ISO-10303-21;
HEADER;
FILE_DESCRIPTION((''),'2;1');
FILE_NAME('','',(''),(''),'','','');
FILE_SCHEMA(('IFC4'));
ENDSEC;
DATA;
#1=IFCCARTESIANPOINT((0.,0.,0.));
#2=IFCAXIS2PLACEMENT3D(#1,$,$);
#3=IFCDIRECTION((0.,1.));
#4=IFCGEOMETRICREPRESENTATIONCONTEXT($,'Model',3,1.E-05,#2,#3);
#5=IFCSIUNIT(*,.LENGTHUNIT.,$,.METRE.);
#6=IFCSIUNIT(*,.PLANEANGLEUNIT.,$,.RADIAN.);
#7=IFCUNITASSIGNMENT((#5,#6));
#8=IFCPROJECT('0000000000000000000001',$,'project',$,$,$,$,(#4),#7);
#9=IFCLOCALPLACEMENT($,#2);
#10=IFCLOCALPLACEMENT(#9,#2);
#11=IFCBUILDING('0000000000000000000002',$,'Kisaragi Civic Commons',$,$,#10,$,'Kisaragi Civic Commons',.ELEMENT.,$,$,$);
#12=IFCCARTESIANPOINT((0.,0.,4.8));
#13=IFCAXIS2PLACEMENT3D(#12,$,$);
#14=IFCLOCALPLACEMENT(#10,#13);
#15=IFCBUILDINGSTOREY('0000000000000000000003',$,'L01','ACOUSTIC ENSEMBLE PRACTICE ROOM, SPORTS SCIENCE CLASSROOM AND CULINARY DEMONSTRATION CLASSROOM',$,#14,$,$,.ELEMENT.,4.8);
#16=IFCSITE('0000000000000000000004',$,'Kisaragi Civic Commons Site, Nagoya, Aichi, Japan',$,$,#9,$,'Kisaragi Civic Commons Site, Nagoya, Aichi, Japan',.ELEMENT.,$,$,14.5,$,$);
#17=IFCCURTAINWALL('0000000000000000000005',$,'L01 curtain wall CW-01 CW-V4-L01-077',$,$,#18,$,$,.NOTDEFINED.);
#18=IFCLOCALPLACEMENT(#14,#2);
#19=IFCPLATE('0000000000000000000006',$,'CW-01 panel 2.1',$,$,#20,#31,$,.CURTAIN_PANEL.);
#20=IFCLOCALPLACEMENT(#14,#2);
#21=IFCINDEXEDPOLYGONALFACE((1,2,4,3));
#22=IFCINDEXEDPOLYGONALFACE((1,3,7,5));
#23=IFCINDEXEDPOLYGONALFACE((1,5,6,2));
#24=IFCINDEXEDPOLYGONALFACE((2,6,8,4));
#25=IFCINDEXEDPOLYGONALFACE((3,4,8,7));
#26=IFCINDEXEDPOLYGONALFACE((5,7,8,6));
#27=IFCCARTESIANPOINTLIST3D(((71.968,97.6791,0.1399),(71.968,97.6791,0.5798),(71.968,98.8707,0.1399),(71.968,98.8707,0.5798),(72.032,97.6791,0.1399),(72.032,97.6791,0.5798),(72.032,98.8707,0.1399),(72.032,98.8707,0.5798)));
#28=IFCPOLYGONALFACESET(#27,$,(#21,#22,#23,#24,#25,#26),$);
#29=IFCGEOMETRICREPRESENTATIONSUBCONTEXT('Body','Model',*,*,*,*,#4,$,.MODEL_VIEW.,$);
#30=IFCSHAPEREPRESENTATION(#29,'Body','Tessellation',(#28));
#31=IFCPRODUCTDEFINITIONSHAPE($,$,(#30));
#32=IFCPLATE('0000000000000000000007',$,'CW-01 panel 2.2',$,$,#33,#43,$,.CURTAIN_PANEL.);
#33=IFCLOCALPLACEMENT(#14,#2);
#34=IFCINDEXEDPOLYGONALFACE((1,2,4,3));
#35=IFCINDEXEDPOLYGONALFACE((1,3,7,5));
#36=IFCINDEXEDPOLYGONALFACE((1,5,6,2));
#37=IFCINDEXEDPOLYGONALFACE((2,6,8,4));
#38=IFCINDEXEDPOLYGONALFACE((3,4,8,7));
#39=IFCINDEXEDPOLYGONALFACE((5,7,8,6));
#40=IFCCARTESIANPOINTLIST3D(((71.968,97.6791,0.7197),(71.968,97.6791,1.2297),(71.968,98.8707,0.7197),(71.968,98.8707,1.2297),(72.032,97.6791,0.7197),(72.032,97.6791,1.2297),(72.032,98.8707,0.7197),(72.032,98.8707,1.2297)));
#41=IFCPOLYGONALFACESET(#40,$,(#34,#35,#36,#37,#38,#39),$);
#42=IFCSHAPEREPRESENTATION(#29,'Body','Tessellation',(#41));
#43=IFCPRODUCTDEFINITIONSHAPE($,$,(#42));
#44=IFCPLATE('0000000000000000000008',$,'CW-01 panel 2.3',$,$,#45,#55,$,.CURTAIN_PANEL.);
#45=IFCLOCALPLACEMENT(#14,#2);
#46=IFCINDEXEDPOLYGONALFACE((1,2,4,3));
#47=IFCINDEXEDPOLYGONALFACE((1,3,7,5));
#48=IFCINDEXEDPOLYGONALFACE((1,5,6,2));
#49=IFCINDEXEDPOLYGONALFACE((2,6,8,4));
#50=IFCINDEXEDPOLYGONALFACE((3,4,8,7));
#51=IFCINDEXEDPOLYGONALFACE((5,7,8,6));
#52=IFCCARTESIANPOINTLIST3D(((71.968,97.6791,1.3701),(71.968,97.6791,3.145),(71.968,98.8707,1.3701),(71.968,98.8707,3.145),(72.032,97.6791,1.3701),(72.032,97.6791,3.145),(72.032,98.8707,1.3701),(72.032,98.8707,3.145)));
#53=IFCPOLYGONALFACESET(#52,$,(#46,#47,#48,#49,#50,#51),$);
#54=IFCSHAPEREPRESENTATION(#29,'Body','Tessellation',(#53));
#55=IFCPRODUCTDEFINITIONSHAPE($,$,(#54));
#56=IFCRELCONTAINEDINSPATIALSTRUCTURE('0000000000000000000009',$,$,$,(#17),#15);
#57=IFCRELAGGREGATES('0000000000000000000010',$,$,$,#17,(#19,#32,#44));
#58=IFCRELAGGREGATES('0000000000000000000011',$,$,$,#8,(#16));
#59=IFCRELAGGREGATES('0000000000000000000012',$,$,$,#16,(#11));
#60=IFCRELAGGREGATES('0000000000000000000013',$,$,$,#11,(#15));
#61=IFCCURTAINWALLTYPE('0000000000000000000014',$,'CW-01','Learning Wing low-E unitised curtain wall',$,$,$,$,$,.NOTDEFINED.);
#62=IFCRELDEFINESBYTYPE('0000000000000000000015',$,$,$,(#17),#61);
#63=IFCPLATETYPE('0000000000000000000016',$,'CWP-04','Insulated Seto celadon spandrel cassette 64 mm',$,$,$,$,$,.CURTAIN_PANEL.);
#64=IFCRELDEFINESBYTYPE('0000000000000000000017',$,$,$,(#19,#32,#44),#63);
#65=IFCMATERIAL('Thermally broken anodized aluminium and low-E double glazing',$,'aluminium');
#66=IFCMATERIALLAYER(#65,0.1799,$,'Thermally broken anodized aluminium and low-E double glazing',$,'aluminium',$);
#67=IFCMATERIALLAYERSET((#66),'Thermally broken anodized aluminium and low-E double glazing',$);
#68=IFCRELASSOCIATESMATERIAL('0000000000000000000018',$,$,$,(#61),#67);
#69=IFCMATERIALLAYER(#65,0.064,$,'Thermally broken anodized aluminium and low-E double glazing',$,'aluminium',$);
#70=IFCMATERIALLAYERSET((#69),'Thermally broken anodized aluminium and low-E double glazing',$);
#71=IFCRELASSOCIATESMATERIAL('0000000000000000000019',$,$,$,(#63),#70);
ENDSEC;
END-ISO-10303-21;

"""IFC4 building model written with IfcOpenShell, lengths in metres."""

from ifc_helpers import new_model, si_unit, direction, frame, origin, origin_2d, place, context, subcontext, project, spatial, rectangle, extrude, material, layer, layer_set, type_object, element, aggregate, save


model = new_model("IFC4")

# Units and contexts
model_context = context("Model", 3, precision=1e-05, world=origin(), true_north=direction((0.0, 1.0)))
body_context = subcontext(model_context, "Body", "Model", "MODEL_VIEW")
ifc_project = project(units=[si_unit("LENGTHUNIT", "METRE"), si_unit("PLANEANGLEUNIT", "RADIAN")], contexts=[model_context])

# Site, building, storey
site_placement = place(None, origin())
site = spatial("IfcSite", under=ifc_project, at=site_placement, Name="Kisaragi Civic Commons Site, Nagoya, Aichi, Japan", LongName="Kisaragi Civic Commons Site, Nagoya, Aichi, Japan", CompositionType="ELEMENT", RefElevation=14.5)
building_placement = place(site_placement, origin())
building = spatial("IfcBuilding", under=site, at=building_placement, Name="Kisaragi Civic Commons", LongName="Kisaragi Civic Commons", CompositionType="ELEMENT")
storey_placement = place(building_placement, frame((0.0, 0.0, 4.8)))
storey = spatial("IfcBuildingStorey", under=building, at=storey_placement, Name="L01", Description="ACOUSTIC ENSEMBLE PRACTICE ROOM, SPORTS SCIENCE CLASSROOM AND CULINARY DEMONSTRATION CLASSROOM", CompositionType="ELEMENT", Elevation=4.8)

# Curtain wall
ifc_material_1 = material(Name="Thermally broken anodized aluminium and low-E double glazing", Category="aluminium")
ifc_layer_1 = layer(ifc_material_1, 0.1799, Name="Thermally broken anodized aluminium and low-E double glazing", Category="aluminium")
ifc_layer_set_1 = layer_set([ifc_layer_1], Name="Thermally broken anodized aluminium and low-E double glazing")
curtain_wall_type = type_object("IfcCurtainWallType", Name="CW-01", Description="Learning Wing low-E unitised curtain wall", PredefinedType="NOTDEFINED", material=ifc_layer_set_1)
curtain_wall_placement = place(storey_placement, origin())
curtain_wall = element("IfcCurtainWall", 1, at=curtain_wall_placement, inside=storey, type_object=curtain_wall_type, Name="L01 curtain wall CW-01 CW-V4-L01-077", PredefinedType="NOTDEFINED")

# Plates
ifc_layer_2 = layer(ifc_material_1, 0.064, Name="Thermally broken anodized aluminium and low-E double glazing", Category="aluminium")
ifc_layer_set_2 = layer_set([ifc_layer_2], Name="Thermally broken anodized aluminium and low-E double glazing")
plate_type = type_object("IfcPlateType", Name="CWP-04", Description="Insulated Seto celadon spandrel cassette 64 mm", PredefinedType="CURTAIN_PANEL", material=ifc_layer_set_2)
plate_1_placement = place(storey_placement, frame((72.0, 98.2749, 0.1399), z_axis=(0.0, 0.0, 1.0), x_axis=(0.0, 1.0, 0.0)))
plate_1 = element("IfcPlate", 2, at=plate_1_placement, type_object=plate_type, Name="CW-01 panel 2.1", PredefinedType="CURTAIN_PANEL", context=body_context, shape_type="SweptSolid", body=[
    extrude(rectangle(XDim=1.1917, YDim=0.064, at=origin_2d()), origin(), (0.0, 0.0, 1.0), 0.4399),
])
plate_2_placement = place(storey_placement, frame((72.0, 98.2749, 0.7197), z_axis=(0.0, 0.0, 1.0), x_axis=(0.0, 1.0, 0.0)))
plate_2 = element("IfcPlate", 3, at=plate_2_placement, type_object=plate_type, Name="CW-01 panel 2.2", PredefinedType="CURTAIN_PANEL", context=body_context, shape_type="SweptSolid", body=[
    extrude(rectangle(XDim=1.1917, YDim=0.064, at=origin_2d()), origin(), (0.0, 0.0, 1.0), 0.51),
])
plate_3_placement = place(storey_placement, frame((72.0, 98.2749, 1.3701), z_axis=(0.0, 0.0, 1.0), x_axis=(0.0, 1.0, 0.0)))
plate_3 = element("IfcPlate", 4, at=plate_3_placement, type_object=plate_type, Name="CW-01 panel 2.3", PredefinedType="CURTAIN_PANEL", context=body_context, shape_type="SweptSolid", body=[
    extrude(rectangle(XDim=1.1917, YDim=0.064, at=origin_2d()), origin(), (0.0, 0.0, 1.0), 1.7749),
])
aggregate(curtain_wall, [plate_1, plate_2, plate_3])

save(model, "model.ifc")
